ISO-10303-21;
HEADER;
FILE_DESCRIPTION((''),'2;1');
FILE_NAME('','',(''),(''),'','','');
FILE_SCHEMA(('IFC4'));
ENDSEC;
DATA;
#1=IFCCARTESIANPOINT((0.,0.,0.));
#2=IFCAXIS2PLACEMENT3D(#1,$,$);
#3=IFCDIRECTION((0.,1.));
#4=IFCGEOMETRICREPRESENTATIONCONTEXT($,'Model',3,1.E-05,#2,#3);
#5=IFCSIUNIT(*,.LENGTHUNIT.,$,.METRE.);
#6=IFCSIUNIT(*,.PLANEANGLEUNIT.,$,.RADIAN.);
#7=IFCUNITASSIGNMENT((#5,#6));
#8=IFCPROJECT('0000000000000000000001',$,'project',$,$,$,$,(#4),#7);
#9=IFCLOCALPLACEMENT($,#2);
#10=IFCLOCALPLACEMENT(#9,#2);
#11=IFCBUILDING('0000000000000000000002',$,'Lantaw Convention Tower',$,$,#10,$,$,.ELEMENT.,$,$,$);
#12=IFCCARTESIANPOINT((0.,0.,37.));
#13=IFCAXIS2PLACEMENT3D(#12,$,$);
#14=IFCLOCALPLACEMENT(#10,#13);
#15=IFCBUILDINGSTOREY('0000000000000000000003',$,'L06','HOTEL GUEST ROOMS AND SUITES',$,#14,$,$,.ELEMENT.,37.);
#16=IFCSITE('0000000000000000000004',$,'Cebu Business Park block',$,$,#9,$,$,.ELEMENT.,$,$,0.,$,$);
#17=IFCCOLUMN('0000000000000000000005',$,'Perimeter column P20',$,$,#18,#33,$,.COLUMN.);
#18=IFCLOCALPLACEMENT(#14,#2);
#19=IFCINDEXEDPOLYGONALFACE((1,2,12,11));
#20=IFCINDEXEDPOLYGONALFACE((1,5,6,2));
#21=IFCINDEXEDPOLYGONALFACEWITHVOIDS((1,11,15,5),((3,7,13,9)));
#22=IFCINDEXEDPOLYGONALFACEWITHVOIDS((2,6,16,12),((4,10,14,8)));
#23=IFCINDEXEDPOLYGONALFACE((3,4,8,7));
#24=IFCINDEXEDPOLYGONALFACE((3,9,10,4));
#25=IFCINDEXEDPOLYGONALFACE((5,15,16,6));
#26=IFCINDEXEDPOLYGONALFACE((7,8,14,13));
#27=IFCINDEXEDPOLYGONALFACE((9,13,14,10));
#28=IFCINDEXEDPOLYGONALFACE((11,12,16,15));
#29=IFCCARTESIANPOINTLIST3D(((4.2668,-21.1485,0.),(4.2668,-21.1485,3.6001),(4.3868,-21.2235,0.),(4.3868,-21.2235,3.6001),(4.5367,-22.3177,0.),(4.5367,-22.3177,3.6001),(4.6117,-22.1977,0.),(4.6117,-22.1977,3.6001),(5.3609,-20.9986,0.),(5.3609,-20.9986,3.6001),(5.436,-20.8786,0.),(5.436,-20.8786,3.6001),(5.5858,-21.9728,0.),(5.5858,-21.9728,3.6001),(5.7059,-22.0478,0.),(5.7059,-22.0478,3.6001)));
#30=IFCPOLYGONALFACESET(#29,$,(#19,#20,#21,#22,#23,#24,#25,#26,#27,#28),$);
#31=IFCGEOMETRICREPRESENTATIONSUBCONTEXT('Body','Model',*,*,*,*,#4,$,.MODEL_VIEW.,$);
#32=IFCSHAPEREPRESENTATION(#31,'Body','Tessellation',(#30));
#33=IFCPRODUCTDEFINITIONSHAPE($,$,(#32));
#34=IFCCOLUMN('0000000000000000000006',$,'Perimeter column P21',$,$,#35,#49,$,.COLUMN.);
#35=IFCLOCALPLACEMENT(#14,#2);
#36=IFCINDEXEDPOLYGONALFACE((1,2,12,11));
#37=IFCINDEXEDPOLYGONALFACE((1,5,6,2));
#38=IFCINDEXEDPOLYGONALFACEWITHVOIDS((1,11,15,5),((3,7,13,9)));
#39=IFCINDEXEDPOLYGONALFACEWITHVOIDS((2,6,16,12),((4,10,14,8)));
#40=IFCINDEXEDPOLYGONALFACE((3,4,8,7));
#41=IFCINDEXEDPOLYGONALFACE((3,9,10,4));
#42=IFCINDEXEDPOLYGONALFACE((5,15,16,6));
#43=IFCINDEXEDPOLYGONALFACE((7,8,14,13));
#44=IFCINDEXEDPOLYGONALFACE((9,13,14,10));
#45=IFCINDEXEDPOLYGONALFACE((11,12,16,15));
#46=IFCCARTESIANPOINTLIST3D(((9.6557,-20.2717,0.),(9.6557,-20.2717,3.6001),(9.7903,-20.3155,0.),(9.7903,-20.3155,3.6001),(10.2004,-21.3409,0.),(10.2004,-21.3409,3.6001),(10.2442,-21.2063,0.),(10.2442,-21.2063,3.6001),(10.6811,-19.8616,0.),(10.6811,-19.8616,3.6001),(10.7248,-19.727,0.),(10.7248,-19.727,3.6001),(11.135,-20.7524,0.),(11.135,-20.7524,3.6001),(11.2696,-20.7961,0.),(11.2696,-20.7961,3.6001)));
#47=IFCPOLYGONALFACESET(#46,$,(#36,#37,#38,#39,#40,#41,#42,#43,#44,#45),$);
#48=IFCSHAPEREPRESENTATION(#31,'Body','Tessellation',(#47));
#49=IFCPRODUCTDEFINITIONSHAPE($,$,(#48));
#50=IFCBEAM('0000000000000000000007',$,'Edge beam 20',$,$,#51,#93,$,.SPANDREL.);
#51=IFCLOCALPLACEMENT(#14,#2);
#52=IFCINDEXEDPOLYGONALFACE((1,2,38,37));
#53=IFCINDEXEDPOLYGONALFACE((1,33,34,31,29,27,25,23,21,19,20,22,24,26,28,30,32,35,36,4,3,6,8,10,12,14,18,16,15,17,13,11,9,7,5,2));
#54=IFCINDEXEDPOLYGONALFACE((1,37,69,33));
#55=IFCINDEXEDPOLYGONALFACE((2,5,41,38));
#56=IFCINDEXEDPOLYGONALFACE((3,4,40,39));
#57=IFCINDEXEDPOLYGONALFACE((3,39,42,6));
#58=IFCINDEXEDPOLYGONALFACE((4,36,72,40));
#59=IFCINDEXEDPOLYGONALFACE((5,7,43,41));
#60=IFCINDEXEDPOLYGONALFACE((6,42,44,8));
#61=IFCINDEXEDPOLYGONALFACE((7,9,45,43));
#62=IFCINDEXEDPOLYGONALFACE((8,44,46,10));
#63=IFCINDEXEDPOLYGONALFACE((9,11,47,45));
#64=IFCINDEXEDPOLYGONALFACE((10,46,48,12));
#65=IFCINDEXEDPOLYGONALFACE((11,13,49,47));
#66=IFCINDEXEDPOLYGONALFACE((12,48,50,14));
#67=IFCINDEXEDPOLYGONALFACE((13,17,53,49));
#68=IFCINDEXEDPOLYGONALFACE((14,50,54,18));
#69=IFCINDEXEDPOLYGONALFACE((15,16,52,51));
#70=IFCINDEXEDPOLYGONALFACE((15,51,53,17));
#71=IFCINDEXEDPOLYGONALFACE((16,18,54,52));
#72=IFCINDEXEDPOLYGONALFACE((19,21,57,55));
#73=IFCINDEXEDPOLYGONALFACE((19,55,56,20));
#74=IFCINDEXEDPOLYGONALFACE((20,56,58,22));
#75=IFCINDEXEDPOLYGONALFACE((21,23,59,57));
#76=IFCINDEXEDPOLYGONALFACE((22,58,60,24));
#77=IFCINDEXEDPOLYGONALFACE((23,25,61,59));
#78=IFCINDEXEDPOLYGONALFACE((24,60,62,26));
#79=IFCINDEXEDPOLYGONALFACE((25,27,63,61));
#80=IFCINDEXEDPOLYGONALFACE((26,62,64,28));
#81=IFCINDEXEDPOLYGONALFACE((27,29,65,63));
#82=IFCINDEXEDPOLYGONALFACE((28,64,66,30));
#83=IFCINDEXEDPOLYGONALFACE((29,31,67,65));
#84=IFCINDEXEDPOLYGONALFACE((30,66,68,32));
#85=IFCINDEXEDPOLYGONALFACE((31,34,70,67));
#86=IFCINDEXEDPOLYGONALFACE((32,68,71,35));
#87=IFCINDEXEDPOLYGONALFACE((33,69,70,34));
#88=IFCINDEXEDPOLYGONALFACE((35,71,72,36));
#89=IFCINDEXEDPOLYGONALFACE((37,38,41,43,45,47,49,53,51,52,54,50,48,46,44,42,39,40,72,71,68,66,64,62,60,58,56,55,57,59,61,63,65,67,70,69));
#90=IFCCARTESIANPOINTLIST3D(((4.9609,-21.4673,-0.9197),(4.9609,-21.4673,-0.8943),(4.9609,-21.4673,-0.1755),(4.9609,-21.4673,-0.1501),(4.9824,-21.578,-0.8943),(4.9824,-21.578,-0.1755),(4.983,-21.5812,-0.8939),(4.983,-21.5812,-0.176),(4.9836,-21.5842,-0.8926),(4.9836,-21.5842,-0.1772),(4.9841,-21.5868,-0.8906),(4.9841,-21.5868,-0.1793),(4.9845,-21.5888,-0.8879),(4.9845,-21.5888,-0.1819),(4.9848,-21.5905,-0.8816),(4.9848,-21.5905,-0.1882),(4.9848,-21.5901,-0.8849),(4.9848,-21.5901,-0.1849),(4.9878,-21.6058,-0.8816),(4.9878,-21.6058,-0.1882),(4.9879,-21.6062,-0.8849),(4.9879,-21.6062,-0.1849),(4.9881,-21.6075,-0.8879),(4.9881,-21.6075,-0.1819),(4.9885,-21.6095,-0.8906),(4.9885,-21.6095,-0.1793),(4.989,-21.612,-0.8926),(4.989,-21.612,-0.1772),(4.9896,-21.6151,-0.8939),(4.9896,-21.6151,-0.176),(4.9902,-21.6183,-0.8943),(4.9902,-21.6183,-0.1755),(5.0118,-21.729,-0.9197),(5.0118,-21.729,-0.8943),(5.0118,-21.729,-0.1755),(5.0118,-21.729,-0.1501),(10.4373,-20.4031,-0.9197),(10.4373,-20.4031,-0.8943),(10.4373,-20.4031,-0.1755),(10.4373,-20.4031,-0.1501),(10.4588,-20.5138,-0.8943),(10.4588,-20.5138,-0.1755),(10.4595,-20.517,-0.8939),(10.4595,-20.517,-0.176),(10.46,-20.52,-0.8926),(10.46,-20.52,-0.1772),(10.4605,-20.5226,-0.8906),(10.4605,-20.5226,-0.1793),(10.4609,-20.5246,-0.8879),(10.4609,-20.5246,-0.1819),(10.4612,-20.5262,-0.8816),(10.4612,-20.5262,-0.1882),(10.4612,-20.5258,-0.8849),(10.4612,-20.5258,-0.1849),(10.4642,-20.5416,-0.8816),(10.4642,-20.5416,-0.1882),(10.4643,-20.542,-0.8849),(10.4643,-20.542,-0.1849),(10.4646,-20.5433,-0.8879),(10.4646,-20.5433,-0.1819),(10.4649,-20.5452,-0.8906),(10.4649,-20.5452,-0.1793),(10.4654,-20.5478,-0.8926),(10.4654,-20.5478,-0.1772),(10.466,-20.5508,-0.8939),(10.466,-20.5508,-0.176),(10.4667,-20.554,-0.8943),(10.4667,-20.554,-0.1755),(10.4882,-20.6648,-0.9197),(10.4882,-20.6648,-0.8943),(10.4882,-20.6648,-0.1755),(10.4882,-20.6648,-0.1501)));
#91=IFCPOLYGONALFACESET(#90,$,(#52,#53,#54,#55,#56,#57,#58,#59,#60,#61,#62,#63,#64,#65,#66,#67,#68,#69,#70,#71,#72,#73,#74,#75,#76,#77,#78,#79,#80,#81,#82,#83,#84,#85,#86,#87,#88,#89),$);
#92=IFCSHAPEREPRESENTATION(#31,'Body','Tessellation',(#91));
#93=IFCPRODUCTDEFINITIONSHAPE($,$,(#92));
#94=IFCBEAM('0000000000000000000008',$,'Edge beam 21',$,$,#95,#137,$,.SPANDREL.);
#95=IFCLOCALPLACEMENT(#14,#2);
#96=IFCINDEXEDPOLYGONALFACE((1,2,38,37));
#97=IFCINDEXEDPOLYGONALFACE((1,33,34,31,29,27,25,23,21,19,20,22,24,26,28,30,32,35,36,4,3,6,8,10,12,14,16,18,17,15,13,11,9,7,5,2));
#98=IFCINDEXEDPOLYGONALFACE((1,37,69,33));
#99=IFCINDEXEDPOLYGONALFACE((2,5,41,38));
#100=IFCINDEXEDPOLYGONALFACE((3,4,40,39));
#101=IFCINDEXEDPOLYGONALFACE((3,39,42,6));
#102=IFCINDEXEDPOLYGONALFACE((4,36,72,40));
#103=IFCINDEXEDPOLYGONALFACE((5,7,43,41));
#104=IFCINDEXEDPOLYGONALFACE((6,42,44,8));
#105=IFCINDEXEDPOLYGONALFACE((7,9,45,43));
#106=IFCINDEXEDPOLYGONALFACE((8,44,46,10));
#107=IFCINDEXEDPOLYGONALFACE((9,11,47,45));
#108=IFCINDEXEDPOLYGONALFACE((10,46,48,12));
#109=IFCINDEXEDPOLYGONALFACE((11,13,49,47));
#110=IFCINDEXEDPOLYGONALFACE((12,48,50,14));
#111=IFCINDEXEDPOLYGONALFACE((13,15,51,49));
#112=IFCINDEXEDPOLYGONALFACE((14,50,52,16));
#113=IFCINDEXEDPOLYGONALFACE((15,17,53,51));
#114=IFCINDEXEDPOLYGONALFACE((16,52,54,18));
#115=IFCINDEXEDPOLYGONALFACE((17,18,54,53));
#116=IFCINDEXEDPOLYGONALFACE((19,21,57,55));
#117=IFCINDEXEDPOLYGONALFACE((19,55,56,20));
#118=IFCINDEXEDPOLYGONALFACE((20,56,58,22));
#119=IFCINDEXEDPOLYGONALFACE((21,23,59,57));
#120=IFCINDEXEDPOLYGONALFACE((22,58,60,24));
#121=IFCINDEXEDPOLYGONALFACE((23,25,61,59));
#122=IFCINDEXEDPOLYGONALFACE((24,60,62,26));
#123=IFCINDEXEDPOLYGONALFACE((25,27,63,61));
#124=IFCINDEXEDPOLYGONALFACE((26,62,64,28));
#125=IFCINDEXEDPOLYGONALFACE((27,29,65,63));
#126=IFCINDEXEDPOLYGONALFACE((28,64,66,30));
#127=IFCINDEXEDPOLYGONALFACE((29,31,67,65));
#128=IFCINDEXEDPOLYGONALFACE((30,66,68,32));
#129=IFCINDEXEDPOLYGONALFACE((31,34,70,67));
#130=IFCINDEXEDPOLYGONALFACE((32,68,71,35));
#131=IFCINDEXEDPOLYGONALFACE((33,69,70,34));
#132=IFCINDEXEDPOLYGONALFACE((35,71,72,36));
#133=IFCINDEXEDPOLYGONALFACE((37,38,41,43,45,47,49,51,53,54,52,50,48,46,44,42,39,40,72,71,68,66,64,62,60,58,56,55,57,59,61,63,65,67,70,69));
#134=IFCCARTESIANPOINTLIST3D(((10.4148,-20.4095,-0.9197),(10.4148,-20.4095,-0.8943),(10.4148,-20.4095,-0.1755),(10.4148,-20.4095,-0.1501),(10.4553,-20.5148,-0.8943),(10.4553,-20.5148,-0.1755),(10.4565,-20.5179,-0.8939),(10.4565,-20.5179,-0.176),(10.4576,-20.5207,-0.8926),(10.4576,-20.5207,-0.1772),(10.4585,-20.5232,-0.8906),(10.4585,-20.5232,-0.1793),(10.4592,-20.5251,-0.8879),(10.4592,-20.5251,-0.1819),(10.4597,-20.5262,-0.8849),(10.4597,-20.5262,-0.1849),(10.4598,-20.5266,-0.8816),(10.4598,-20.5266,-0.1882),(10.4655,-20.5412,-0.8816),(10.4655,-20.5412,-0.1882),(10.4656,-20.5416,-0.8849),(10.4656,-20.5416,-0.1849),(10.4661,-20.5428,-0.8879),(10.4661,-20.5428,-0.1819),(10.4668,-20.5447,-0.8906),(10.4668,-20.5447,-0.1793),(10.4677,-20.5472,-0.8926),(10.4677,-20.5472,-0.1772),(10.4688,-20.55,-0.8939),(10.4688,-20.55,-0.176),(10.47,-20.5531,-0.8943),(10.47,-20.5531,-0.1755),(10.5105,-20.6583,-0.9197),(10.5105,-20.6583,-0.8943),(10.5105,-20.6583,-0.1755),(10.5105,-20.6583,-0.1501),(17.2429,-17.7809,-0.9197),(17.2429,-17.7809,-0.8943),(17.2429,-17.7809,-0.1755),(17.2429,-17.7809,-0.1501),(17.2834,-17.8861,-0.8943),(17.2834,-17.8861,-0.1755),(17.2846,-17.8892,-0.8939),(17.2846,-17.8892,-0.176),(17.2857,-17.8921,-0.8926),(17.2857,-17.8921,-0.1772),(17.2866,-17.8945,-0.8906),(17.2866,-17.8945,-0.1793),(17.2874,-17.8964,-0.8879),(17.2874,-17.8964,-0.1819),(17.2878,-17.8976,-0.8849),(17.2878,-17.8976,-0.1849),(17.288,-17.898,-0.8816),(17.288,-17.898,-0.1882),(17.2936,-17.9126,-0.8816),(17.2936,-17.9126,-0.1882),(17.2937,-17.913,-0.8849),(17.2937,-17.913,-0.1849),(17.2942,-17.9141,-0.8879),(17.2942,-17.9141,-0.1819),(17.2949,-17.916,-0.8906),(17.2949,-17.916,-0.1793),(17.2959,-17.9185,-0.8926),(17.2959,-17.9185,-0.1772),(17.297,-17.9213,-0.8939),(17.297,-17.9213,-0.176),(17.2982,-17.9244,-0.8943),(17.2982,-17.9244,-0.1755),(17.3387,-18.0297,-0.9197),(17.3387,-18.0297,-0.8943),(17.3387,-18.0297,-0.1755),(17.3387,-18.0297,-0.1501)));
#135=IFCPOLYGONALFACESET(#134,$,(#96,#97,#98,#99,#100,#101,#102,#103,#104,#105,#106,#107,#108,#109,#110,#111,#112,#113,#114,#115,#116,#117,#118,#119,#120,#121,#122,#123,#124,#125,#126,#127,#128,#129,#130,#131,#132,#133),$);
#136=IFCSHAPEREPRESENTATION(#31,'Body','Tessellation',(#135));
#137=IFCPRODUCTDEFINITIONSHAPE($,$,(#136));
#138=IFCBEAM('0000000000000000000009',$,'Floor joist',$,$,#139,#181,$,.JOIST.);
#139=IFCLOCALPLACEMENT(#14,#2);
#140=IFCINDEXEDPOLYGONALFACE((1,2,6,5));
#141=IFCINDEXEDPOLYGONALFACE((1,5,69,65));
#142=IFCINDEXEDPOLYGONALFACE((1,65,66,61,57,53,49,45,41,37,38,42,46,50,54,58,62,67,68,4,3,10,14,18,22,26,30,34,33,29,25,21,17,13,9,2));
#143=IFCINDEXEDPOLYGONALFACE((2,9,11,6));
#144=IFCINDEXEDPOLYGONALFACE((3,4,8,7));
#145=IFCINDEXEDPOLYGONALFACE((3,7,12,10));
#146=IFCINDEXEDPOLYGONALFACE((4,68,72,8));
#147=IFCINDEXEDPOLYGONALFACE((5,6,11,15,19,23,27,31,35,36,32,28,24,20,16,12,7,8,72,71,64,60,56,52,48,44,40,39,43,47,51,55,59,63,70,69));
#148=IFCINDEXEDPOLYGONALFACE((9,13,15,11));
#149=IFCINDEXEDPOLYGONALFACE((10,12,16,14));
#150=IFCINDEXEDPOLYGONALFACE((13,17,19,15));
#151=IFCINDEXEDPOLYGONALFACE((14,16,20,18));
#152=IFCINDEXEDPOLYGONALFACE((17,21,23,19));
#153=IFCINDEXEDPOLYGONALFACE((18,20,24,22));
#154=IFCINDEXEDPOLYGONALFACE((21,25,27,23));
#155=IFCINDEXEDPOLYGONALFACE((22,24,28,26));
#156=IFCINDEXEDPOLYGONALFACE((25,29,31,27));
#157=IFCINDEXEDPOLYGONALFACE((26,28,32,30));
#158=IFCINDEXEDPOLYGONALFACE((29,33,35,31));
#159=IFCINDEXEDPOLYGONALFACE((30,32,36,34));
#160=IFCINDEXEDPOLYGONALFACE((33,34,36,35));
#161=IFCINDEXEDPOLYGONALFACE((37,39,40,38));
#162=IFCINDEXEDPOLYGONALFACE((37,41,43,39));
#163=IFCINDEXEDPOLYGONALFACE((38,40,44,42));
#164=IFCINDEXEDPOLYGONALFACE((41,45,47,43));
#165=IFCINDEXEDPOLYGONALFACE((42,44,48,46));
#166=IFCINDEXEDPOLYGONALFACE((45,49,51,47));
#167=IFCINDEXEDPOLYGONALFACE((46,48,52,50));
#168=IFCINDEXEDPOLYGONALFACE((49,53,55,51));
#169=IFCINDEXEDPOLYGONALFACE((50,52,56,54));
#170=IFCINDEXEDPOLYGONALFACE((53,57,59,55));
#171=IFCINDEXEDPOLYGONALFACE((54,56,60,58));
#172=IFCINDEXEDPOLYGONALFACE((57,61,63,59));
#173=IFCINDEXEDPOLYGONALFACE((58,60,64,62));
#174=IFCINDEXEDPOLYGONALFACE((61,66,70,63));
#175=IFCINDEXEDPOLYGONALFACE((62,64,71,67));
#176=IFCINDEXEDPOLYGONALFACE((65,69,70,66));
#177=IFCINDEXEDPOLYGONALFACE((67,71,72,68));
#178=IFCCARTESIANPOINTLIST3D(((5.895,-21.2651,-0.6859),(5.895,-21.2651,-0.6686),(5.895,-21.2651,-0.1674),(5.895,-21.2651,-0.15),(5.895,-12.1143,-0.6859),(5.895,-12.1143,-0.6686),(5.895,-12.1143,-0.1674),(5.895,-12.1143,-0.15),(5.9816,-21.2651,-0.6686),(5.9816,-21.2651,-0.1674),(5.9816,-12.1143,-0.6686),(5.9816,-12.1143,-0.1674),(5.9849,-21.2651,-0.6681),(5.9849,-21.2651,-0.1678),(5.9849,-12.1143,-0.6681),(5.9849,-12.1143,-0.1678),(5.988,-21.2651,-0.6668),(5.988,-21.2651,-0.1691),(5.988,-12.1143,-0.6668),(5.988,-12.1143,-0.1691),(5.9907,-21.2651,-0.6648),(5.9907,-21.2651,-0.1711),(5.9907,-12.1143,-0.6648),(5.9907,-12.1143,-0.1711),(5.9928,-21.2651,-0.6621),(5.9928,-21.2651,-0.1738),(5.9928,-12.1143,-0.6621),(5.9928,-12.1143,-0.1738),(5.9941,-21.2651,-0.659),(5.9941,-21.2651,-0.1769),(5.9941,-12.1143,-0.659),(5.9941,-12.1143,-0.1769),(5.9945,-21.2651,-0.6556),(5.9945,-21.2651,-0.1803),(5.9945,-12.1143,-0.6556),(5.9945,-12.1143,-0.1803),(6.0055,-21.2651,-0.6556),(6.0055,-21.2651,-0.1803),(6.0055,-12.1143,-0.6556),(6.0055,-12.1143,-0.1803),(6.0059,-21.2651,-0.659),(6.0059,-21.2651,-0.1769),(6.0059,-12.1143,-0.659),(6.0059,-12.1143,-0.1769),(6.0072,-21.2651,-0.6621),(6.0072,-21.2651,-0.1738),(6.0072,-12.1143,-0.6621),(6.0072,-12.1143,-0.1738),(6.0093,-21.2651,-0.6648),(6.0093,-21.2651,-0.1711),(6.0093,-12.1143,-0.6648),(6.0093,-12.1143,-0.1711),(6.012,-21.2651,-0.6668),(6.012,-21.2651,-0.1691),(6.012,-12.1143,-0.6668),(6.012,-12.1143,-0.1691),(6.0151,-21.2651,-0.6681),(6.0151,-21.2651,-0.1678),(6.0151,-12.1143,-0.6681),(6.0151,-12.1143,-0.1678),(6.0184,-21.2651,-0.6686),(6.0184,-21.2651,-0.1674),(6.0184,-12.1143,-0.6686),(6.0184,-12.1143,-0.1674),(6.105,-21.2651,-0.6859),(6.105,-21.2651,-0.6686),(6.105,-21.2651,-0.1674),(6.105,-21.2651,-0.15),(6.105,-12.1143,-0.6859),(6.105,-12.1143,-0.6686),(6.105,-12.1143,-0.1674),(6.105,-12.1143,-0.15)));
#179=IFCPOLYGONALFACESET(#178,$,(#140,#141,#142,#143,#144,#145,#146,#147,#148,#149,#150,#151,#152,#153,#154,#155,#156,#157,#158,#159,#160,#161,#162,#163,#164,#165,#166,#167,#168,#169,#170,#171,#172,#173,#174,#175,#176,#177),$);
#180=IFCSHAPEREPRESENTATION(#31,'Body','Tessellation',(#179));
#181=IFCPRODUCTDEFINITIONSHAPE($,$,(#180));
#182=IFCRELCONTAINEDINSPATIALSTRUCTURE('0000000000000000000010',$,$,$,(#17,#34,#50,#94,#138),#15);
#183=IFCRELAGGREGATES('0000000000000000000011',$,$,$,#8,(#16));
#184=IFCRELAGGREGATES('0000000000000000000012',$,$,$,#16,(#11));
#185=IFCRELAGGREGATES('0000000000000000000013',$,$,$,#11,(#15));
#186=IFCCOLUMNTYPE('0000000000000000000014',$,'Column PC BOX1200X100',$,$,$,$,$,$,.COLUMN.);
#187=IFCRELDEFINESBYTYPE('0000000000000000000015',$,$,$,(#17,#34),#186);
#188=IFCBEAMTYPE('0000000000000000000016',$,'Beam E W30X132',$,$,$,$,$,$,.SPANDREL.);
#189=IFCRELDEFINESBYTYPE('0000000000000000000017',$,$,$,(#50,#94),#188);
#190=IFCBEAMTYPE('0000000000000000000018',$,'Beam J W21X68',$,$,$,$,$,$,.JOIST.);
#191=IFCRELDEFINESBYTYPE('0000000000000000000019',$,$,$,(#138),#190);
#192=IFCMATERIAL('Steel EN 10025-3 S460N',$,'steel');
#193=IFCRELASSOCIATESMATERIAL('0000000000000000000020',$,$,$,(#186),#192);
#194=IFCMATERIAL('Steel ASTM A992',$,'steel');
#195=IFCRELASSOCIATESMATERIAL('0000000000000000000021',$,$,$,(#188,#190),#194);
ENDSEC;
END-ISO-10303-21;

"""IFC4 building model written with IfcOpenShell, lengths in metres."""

from ifc_helpers import new_model, si_unit, direction, frame, origin, origin_2d, place, context, subcontext, project, spatial, rectangle, hollow_rectangle, i_section, extrude, material, material_profile, profile_set, type_object, element, save


model = new_model("IFC4")

# Units and contexts
model_context = context("Model", 3, precision=1e-05, world=origin(), true_north=direction((0.0, 1.0)))
body_context = subcontext(model_context, "Body", "Model", "MODEL_VIEW")
ifc_project = project(units=[si_unit("LENGTHUNIT", "METRE"), si_unit("PLANEANGLEUNIT", "RADIAN")], contexts=[model_context])

# Site, building, storey
site_placement = place(None, origin())
site = spatial("IfcSite", under=ifc_project, at=site_placement, Name="Cebu Business Park block", CompositionType="ELEMENT", RefElevation=0.0)
building_placement = place(site_placement, origin())
building = spatial("IfcBuilding", under=site, at=building_placement, Name="Lantaw Convention Tower", CompositionType="ELEMENT")
storey_placement = place(building_placement, frame((0.0, 0.0, 37.0)))
storey = spatial("IfcBuildingStorey", under=building, at=storey_placement, Name="L06", Description="HOTEL GUEST ROOMS AND SUITES", CompositionType="ELEMENT", Elevation=37.0)

# Columns
ifc_material_1 = material(Name="Steel EN 10025-3 S460N", Category="steel")
ifc_material_profile_1 = material_profile(ifc_material_1, hollow_rectangle(XDim=1.2, YDim=1.2, WallThickness=0.1001, at=origin_2d()), Name="BOX1200X100")
ifc_material_2 = material(Name="Concrete C60/75", Category="concrete")
ifc_material_profile_2 = material_profile(ifc_material_2, rectangle(XDim=1.0, YDim=1.0, at=origin_2d()), Name="Concrete fill of BOX1200X100")
ifc_profile_set_1 = profile_set([ifc_material_profile_1, ifc_material_profile_2], Name="Steel EN 10025-3 S460N")
column_type = type_object("IfcColumnType", Name="Column PC BOX1200X100", PredefinedType="COLUMN", material=ifc_profile_set_1)
for number, where, z_axis, x_axis, name in (
    (1, (4.9863, -21.5981, 0.0), (0.0, 0.0, 1.0), (0.97437, 0.224951, 0.0), "Perimeter column P20"),
    (2, (10.4626, -20.5339, 0.0), (0.0, 0.0, 1.0), (0.891007, 0.45399, 0.0), "Perimeter column P21"),
):
    element("IfcColumn", number, at=place(storey_placement, frame(where, z_axis=z_axis, x_axis=x_axis)), inside=storey, type_object=column_type, Name=name, PredefinedType="COLUMN", context=body_context, shape_type="SweptSolid", body=[
        extrude(hollow_rectangle(XDim=1.2, YDim=1.2, WallThickness=0.1001, at=origin_2d()), origin(), (0.0, 0.0, 1.0), 3.6001),
    ])

# Beams
ifc_material_3 = material(Name="Steel ASTM A992", Category="steel")
ifc_material_profile_3 = material_profile(ifc_material_3, i_section(OverallWidth=0.2666, OverallDepth=0.7695, WebThickness=0.0156, FlangeThickness=0.0254, FilletRadius=0.0127, at=origin_2d()), Name="W30X132")
ifc_profile_set_2 = profile_set([ifc_material_profile_3], Name="Steel ASTM A992")
beam_type_1 = type_object("IfcBeamType", Name="Beam E W30X132", PredefinedType="SPANDREL", material=ifc_profile_set_2)
beam_1_placement = place(storey_placement, frame((4.9863, -21.5981, -0.5349), z_axis=(0.981637, 0.190761, 0.0), x_axis=(-0.190761, 0.981637, 0.0)))
element("IfcBeam", 3, at=beam_1_placement, inside=storey, type_object=beam_type_1, Name="Edge beam 20", PredefinedType="SPANDREL", context=body_context, shape_type="SweptSolid", body=[
    extrude(i_section(OverallWidth=0.2666, OverallDepth=0.7695, WebThickness=0.0156, FlangeThickness=0.0254, FilletRadius=0.0127, at=origin_2d()), origin(), (0.0, 0.0, 1.0), 5.5789),
])
beam_2_placement = place(storey_placement, frame((10.4626, -20.5339, -0.5349), z_axis=(0.933233, 0.359272, 0.0), x_axis=(-0.359272, 0.933233, 0.0)))
element("IfcBeam", 4, at=beam_2_placement, inside=storey, type_object=beam_type_1, Name="Edge beam 21", PredefinedType="SPANDREL", context=body_context, shape_type="SweptSolid", body=[
    extrude(i_section(OverallWidth=0.2666, OverallDepth=0.7695, WebThickness=0.0156, FlangeThickness=0.0254, FilletRadius=0.0127, at=origin_2d()), origin(), (0.0, 0.0, 1.0), 7.3167),
])
ifc_material_profile_4 = material_profile(ifc_material_3, i_section(OverallWidth=0.21, OverallDepth=0.5359, WebThickness=0.011, FlangeThickness=0.0173, FilletRadius=0.0129, at=origin_2d()), Name="W21X68")
ifc_profile_set_3 = profile_set([ifc_material_profile_4], Name="Steel ASTM A992")
beam_type_2 = type_object("IfcBeamType", Name="Beam J W21X68", PredefinedType="JOIST", material=ifc_profile_set_3)
beam_3_placement = place(storey_placement, frame((6.0, -21.2651, -0.418), z_axis=(0.0, 1.0, 0.0), x_axis=(-1.0, 0.0, 0.0)))
element("IfcBeam", 5, at=beam_3_placement, inside=storey, type_object=beam_type_2, Name="Floor joist", PredefinedType="JOIST", context=body_context, shape_type="SweptSolid", body=[
    extrude(i_section(OverallWidth=0.21, OverallDepth=0.5359, WebThickness=0.011, FlangeThickness=0.0173, FilletRadius=0.0129, at=origin_2d()), origin(), (0.0, 0.0, 1.0), 9.1509),
])

save(model, "model.ifc")
